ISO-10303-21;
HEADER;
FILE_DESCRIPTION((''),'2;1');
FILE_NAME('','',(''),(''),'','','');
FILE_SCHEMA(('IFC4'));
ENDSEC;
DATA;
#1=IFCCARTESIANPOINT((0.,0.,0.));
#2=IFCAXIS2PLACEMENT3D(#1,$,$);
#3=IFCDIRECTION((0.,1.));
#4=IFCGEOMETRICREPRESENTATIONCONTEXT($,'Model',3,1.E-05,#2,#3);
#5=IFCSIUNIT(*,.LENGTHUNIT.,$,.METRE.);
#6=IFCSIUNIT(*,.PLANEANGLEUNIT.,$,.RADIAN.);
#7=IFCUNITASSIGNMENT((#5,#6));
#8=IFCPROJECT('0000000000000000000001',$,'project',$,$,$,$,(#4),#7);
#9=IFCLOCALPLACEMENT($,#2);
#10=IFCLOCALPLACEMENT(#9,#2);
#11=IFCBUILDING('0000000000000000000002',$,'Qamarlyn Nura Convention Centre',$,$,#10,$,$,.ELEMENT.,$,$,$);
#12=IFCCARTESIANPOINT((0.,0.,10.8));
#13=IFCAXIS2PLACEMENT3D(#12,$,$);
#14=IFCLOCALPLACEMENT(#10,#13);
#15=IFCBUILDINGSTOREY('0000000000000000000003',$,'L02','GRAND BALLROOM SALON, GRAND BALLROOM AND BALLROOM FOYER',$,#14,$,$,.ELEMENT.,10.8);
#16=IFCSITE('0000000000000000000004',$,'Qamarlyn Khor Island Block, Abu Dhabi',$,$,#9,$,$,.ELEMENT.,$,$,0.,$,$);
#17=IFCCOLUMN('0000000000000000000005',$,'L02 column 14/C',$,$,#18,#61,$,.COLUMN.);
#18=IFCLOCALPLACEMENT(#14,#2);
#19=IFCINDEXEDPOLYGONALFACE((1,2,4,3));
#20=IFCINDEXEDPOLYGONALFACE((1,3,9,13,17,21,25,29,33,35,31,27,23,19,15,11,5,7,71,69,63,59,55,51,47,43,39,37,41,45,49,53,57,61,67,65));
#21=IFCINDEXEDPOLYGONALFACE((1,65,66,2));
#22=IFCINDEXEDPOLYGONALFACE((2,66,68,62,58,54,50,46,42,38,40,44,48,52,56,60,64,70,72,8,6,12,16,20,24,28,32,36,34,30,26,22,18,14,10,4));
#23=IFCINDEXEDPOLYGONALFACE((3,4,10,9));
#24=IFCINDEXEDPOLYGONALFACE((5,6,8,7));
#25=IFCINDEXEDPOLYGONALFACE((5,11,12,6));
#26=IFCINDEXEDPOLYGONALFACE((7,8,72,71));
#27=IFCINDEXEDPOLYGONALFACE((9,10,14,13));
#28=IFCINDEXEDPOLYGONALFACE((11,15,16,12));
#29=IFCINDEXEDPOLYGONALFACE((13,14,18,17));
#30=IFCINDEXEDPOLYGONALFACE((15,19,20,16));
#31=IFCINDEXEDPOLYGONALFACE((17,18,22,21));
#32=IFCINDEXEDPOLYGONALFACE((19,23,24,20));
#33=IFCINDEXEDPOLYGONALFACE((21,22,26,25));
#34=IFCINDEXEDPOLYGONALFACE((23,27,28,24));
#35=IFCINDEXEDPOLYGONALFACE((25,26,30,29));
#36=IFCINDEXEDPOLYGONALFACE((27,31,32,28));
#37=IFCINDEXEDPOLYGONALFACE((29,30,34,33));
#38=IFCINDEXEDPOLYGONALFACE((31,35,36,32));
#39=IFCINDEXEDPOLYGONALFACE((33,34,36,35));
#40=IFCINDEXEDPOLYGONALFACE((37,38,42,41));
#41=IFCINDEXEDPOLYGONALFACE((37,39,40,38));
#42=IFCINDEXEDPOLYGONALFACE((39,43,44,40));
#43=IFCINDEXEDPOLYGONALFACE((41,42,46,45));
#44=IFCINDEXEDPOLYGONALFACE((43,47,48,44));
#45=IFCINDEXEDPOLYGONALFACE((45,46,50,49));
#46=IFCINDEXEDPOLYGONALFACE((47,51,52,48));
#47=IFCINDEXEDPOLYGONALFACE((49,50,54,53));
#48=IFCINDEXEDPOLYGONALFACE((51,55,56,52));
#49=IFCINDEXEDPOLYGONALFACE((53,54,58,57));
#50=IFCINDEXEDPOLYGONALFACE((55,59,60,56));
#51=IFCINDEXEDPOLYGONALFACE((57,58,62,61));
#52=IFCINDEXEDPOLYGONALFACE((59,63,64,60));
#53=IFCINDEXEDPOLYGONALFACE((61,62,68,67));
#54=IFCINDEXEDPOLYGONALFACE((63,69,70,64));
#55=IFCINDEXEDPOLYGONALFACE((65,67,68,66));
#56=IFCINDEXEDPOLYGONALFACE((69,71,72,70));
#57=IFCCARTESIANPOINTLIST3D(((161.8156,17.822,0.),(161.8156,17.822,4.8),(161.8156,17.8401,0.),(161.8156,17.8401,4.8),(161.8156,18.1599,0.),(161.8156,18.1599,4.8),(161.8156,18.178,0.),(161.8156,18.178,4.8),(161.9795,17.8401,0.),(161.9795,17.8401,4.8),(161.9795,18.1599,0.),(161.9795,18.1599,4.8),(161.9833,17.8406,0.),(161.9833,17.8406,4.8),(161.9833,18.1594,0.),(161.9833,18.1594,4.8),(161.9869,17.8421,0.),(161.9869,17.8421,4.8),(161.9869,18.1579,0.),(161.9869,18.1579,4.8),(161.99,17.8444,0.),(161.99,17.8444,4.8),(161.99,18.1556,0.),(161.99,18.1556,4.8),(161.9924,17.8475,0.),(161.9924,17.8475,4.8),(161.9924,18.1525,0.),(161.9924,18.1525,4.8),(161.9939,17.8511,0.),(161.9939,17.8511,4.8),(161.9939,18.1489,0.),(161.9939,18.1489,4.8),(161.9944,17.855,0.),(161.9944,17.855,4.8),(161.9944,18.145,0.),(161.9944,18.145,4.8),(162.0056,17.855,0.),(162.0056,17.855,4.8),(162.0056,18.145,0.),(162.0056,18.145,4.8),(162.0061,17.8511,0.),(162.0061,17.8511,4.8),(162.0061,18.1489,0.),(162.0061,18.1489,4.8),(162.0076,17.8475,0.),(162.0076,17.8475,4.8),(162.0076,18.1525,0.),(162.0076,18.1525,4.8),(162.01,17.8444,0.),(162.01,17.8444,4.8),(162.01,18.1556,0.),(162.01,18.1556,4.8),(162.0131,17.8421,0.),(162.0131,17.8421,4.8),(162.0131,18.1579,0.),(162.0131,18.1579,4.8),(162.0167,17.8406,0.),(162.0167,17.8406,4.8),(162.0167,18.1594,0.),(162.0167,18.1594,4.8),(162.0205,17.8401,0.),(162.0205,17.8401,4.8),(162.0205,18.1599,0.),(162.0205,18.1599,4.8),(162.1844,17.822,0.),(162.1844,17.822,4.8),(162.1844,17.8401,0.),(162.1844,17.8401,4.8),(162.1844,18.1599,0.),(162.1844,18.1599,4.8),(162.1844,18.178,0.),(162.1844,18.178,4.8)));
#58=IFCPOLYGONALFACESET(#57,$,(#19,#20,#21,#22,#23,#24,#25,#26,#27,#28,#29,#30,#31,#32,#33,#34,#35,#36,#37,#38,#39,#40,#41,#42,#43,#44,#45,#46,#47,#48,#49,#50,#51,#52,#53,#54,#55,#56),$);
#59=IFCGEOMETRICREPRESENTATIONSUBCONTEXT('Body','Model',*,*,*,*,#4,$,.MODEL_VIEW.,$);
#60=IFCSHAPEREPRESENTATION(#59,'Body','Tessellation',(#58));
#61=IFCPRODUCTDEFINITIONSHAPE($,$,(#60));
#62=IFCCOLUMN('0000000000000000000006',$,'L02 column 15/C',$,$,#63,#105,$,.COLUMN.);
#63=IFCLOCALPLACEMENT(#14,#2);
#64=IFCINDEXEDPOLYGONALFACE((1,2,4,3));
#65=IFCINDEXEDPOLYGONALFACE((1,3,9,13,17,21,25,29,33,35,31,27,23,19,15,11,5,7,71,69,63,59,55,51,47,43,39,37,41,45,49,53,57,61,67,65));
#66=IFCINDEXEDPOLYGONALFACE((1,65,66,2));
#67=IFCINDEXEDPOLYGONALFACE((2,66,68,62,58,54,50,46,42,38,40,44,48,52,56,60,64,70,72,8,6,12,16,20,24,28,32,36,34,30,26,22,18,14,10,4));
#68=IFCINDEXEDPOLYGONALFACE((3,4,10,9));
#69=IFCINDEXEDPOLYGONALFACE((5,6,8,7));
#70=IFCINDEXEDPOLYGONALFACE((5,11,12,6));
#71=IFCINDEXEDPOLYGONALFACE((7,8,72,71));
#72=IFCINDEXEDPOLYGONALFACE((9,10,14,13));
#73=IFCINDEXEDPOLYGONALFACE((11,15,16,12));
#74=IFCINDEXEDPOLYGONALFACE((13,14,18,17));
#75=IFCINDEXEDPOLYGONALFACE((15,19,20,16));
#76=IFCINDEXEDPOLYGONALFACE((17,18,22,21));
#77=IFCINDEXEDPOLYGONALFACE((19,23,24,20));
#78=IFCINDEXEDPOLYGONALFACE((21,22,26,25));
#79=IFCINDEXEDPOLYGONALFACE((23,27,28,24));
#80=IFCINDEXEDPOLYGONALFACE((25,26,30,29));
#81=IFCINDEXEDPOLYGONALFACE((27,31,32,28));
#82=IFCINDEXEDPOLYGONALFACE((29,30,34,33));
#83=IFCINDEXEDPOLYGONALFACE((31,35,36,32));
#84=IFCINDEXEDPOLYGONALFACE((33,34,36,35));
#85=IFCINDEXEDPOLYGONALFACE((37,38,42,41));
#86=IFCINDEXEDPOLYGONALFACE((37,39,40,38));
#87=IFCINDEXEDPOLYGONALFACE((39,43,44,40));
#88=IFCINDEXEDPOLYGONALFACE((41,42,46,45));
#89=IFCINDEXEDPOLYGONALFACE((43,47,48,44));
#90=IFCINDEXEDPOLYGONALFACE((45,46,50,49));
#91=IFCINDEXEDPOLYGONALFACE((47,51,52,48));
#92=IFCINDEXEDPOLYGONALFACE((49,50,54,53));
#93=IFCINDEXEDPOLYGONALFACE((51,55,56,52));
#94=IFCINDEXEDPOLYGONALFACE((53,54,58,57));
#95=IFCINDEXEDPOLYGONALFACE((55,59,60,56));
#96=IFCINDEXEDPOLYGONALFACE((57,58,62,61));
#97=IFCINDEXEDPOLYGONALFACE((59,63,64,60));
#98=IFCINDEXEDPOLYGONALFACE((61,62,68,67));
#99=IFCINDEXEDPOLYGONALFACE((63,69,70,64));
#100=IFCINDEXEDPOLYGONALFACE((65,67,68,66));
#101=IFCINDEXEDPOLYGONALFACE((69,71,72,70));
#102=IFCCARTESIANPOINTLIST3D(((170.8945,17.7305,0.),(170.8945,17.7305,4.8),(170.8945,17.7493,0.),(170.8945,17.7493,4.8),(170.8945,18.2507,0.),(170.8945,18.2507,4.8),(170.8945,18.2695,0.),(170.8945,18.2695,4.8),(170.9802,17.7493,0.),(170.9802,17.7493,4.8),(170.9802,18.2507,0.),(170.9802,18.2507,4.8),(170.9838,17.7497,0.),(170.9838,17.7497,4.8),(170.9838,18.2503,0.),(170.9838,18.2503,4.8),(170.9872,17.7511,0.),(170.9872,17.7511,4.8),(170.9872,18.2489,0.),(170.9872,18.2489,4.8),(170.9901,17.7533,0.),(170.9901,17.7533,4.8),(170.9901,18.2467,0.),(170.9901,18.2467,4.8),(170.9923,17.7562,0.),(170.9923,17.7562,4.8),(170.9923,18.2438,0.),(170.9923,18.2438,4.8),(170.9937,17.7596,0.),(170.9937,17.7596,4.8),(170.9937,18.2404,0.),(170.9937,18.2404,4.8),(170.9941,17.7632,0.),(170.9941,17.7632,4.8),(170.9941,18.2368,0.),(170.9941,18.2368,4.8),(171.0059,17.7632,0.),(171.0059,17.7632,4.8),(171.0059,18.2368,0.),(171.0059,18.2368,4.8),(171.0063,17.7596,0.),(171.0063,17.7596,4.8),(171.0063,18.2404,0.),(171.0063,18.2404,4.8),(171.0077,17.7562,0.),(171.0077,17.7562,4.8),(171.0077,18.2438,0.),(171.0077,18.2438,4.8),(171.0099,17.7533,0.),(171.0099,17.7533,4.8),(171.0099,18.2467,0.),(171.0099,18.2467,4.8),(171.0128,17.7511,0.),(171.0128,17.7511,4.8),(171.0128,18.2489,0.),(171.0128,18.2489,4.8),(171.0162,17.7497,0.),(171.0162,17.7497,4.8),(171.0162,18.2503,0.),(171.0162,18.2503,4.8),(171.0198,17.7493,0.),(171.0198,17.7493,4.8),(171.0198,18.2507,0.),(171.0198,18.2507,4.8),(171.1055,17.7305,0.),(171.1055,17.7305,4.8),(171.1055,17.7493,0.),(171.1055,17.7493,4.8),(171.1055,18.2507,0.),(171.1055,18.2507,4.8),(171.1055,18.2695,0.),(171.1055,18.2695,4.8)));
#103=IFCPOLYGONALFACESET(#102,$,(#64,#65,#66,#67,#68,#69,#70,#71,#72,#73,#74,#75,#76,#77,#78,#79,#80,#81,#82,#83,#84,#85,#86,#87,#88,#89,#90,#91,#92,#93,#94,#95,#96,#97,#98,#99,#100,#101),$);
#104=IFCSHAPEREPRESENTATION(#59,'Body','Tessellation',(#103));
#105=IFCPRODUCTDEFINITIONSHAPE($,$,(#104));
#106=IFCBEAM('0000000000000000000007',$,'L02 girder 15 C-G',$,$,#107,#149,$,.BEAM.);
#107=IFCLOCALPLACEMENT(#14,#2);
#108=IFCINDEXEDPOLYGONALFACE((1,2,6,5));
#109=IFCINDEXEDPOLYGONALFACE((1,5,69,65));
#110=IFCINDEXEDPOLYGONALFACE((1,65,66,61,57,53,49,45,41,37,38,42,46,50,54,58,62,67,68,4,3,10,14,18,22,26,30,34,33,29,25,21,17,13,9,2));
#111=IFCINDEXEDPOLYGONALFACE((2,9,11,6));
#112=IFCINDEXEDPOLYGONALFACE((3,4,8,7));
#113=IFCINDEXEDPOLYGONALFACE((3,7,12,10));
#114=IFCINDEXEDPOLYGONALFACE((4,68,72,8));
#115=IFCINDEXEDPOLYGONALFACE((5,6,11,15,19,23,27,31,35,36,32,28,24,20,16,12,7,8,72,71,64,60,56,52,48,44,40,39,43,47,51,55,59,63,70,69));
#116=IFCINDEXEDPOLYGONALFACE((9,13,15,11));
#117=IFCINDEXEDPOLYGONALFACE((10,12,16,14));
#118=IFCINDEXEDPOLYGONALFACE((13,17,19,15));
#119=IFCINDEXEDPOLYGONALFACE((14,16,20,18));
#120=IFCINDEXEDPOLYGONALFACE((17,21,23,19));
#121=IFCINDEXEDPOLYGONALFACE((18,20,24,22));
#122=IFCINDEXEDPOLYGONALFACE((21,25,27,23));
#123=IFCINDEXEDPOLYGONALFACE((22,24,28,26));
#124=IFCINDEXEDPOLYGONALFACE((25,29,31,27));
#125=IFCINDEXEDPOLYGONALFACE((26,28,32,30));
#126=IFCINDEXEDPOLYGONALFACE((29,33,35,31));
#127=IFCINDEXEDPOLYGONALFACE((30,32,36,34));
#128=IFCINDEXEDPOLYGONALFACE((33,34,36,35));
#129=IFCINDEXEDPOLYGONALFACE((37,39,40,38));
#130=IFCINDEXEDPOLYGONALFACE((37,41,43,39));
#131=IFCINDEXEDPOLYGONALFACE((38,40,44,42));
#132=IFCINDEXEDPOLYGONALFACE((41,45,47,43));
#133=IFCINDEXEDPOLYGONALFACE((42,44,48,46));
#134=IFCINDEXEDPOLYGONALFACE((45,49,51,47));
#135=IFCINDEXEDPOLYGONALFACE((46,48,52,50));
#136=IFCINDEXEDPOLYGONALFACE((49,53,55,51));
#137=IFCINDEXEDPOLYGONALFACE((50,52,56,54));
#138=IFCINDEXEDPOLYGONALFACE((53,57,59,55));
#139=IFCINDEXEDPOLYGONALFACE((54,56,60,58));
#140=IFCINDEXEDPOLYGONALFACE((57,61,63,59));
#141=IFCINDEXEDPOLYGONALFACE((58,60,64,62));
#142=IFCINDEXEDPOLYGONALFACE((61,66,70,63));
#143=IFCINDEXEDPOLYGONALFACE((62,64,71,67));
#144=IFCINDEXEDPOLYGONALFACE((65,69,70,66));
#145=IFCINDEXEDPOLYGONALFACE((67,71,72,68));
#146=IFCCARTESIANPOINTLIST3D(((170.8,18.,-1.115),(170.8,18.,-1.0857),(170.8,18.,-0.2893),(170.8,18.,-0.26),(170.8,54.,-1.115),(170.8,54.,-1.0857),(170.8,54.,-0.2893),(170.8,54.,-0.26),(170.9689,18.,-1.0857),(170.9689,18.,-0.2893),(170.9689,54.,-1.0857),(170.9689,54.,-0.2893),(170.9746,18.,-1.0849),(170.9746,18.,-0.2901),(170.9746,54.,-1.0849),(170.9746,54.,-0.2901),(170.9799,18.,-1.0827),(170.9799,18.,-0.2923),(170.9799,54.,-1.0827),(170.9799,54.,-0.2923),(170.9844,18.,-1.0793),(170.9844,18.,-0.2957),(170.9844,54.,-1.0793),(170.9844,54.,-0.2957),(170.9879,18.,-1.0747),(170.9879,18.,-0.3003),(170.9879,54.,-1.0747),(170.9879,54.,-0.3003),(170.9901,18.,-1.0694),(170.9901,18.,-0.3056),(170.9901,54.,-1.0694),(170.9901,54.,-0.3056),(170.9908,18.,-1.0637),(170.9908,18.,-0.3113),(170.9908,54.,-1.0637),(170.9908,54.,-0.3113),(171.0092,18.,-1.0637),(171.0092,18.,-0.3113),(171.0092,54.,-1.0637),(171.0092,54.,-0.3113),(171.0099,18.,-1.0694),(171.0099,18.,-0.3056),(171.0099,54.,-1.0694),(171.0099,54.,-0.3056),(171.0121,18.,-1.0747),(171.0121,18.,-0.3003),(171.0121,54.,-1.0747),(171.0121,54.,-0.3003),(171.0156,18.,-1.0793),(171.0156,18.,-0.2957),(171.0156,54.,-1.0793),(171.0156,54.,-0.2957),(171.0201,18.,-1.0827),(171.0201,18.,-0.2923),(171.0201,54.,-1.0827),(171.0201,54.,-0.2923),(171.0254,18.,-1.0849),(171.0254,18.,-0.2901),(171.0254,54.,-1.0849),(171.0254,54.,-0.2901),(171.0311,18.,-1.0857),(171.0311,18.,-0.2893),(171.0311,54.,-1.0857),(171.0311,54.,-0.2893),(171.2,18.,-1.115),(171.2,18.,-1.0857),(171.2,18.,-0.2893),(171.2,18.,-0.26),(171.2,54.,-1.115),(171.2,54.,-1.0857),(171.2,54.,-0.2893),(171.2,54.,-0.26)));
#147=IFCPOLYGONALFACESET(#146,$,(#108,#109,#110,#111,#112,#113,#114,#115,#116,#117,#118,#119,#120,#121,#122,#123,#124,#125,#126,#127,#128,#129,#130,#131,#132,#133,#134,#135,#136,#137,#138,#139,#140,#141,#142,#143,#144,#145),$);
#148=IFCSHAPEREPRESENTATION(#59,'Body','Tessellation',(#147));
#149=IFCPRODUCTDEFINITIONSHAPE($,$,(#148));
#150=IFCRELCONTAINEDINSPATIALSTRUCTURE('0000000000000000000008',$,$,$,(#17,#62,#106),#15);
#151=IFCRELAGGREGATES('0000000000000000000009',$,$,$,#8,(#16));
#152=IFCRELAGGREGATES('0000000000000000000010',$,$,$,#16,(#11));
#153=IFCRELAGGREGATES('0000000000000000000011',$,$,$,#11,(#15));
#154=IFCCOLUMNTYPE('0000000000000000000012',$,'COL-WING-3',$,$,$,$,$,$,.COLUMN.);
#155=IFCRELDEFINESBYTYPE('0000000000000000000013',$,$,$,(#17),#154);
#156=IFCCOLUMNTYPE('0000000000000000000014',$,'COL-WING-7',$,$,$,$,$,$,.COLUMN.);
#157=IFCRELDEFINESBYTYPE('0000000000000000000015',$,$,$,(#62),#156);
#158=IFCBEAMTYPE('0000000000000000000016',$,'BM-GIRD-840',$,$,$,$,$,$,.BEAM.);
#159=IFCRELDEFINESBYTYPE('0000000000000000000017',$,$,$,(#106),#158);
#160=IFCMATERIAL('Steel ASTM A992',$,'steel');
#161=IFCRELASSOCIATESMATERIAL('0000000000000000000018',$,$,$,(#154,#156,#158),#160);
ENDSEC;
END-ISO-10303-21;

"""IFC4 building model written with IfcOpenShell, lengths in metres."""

from ifc_helpers import new_model, si_unit, direction, frame, origin, origin_2d, place, context, subcontext, project, spatial, i_section, extrude, material, material_profile, profile_set, type_object, element, save


model = new_model("IFC4")

# Units and contexts
model_context = context("Model", 3, precision=1e-05, world=origin(), true_north=direction((0.0, 1.0)))
body_context = subcontext(model_context, "Body", "Model", "MODEL_VIEW")
ifc_project = project(units=[si_unit("LENGTHUNIT", "METRE"), si_unit("PLANEANGLEUNIT", "RADIAN")], contexts=[model_context])

# Site, building, storey
site_placement = place(None, origin())
site = spatial("IfcSite", under=ifc_project, at=site_placement, Name="Qamarlyn Khor Island Block, Abu Dhabi", CompositionType="ELEMENT", RefElevation=0.0)
building_placement = place(site_placement, origin())
building = spatial("IfcBuilding", under=site, at=building_placement, Name="Qamarlyn Nura Convention Centre", CompositionType="ELEMENT")
storey_placement = place(building_placement, frame((0.0, 0.0, 10.8)))
storey = spatial("IfcBuildingStorey", under=building, at=storey_placement, Name="L02", Description="GRAND BALLROOM SALON, GRAND BALLROOM AND BALLROOM FOYER", CompositionType="ELEMENT", Elevation=10.8)

# Columns
ifc_material_1 = material(Name="Steel ASTM A992", Category="steel")
ifc_material_profile_1 = material_profile(ifc_material_1, i_section(OverallWidth=0.3689, OverallDepth=0.356, WebThickness=0.0112, FlangeThickness=0.0181, FilletRadius=0.0149, at=origin_2d()), Name="W360X134")
ifc_profile_set_1 = profile_set([ifc_material_profile_1], Name="Steel ASTM A992")
column_type_1 = type_object("IfcColumnType", Name="COL-WING-3", PredefinedType="COLUMN", material=ifc_profile_set_1)
column_1_placement = place(storey_placement, frame((162.0, 18.0, 0.0), z_axis=(0.0, 0.0, 1.0), x_axis=(1.0, 0.0, 0.0)))
element("IfcColumn", 1, at=column_1_placement, inside=storey, type_object=column_type_1, Name="L02 column 14/C", PredefinedType="COLUMN", context=body_context, shape_type="SweptSolid", body=[
    extrude(i_section(OverallWidth=0.3689, OverallDepth=0.356, WebThickness=0.0112, FlangeThickness=0.0181, FilletRadius=0.0149, at=origin_2d()), origin(), (0.0, 0.0, 1.0), 4.8),
])
ifc_material_profile_2 = material_profile(ifc_material_1, i_section(OverallWidth=0.2109, OverallDepth=0.5391, WebThickness=0.0117, FlangeThickness=0.0188, FilletRadius=0.0139, at=origin_2d()), Name="W530X109")
ifc_profile_set_2 = profile_set([ifc_material_profile_2], Name="Steel ASTM A992")
column_type_2 = type_object("IfcColumnType", Name="COL-WING-7", PredefinedType="COLUMN", material=ifc_profile_set_2)
column_2_placement = place(storey_placement, frame((171.0, 18.0, 0.0), z_axis=(0.0, 0.0, 1.0), x_axis=(1.0, 0.0, 0.0)))
element("IfcColumn", 2, at=column_2_placement, inside=storey, type_object=column_type_2, Name="L02 column 15/C", PredefinedType="COLUMN", context=body_context, shape_type="SweptSolid", body=[
    extrude(i_section(OverallWidth=0.2109, OverallDepth=0.5391, WebThickness=0.0117, FlangeThickness=0.0188, FilletRadius=0.0139, at=origin_2d()), origin(), (0.0, 0.0, 1.0), 4.8),
])

# Beam
ifc_material_profile_3 = material_profile(ifc_material_1, i_section(OverallWidth=0.3999, OverallDepth=0.855, WebThickness=0.0183, FlangeThickness=0.0293, FilletRadius=0.022, at=origin_2d()), Name="W840X299")
ifc_profile_set_3 = profile_set([ifc_material_profile_3], Name="Steel ASTM A992")
beam_type_1 = type_object("IfcBeamType", Name="BM-GIRD-840", PredefinedType="BEAM", material=ifc_profile_set_3)
beam_1_placement = place(storey_placement, frame((171.0, 18.0, -0.6875), z_axis=(0.0, 1.0, 0.0), x_axis=(-1.0, 0.0, 0.0)))
element("IfcBeam", 3, at=beam_1_placement, inside=storey, type_object=beam_type_1, Name="L02 girder 15 C-G", PredefinedType="BEAM", context=body_context, shape_type="SweptSolid", body=[
    extrude(i_section(OverallWidth=0.3999, OverallDepth=0.855, WebThickness=0.0183, FlangeThickness=0.0293, FilletRadius=0.022, at=origin_2d()), origin(), (0.0, 0.0, 1.0), 36.0),
])

save(model, "model.ifc")
